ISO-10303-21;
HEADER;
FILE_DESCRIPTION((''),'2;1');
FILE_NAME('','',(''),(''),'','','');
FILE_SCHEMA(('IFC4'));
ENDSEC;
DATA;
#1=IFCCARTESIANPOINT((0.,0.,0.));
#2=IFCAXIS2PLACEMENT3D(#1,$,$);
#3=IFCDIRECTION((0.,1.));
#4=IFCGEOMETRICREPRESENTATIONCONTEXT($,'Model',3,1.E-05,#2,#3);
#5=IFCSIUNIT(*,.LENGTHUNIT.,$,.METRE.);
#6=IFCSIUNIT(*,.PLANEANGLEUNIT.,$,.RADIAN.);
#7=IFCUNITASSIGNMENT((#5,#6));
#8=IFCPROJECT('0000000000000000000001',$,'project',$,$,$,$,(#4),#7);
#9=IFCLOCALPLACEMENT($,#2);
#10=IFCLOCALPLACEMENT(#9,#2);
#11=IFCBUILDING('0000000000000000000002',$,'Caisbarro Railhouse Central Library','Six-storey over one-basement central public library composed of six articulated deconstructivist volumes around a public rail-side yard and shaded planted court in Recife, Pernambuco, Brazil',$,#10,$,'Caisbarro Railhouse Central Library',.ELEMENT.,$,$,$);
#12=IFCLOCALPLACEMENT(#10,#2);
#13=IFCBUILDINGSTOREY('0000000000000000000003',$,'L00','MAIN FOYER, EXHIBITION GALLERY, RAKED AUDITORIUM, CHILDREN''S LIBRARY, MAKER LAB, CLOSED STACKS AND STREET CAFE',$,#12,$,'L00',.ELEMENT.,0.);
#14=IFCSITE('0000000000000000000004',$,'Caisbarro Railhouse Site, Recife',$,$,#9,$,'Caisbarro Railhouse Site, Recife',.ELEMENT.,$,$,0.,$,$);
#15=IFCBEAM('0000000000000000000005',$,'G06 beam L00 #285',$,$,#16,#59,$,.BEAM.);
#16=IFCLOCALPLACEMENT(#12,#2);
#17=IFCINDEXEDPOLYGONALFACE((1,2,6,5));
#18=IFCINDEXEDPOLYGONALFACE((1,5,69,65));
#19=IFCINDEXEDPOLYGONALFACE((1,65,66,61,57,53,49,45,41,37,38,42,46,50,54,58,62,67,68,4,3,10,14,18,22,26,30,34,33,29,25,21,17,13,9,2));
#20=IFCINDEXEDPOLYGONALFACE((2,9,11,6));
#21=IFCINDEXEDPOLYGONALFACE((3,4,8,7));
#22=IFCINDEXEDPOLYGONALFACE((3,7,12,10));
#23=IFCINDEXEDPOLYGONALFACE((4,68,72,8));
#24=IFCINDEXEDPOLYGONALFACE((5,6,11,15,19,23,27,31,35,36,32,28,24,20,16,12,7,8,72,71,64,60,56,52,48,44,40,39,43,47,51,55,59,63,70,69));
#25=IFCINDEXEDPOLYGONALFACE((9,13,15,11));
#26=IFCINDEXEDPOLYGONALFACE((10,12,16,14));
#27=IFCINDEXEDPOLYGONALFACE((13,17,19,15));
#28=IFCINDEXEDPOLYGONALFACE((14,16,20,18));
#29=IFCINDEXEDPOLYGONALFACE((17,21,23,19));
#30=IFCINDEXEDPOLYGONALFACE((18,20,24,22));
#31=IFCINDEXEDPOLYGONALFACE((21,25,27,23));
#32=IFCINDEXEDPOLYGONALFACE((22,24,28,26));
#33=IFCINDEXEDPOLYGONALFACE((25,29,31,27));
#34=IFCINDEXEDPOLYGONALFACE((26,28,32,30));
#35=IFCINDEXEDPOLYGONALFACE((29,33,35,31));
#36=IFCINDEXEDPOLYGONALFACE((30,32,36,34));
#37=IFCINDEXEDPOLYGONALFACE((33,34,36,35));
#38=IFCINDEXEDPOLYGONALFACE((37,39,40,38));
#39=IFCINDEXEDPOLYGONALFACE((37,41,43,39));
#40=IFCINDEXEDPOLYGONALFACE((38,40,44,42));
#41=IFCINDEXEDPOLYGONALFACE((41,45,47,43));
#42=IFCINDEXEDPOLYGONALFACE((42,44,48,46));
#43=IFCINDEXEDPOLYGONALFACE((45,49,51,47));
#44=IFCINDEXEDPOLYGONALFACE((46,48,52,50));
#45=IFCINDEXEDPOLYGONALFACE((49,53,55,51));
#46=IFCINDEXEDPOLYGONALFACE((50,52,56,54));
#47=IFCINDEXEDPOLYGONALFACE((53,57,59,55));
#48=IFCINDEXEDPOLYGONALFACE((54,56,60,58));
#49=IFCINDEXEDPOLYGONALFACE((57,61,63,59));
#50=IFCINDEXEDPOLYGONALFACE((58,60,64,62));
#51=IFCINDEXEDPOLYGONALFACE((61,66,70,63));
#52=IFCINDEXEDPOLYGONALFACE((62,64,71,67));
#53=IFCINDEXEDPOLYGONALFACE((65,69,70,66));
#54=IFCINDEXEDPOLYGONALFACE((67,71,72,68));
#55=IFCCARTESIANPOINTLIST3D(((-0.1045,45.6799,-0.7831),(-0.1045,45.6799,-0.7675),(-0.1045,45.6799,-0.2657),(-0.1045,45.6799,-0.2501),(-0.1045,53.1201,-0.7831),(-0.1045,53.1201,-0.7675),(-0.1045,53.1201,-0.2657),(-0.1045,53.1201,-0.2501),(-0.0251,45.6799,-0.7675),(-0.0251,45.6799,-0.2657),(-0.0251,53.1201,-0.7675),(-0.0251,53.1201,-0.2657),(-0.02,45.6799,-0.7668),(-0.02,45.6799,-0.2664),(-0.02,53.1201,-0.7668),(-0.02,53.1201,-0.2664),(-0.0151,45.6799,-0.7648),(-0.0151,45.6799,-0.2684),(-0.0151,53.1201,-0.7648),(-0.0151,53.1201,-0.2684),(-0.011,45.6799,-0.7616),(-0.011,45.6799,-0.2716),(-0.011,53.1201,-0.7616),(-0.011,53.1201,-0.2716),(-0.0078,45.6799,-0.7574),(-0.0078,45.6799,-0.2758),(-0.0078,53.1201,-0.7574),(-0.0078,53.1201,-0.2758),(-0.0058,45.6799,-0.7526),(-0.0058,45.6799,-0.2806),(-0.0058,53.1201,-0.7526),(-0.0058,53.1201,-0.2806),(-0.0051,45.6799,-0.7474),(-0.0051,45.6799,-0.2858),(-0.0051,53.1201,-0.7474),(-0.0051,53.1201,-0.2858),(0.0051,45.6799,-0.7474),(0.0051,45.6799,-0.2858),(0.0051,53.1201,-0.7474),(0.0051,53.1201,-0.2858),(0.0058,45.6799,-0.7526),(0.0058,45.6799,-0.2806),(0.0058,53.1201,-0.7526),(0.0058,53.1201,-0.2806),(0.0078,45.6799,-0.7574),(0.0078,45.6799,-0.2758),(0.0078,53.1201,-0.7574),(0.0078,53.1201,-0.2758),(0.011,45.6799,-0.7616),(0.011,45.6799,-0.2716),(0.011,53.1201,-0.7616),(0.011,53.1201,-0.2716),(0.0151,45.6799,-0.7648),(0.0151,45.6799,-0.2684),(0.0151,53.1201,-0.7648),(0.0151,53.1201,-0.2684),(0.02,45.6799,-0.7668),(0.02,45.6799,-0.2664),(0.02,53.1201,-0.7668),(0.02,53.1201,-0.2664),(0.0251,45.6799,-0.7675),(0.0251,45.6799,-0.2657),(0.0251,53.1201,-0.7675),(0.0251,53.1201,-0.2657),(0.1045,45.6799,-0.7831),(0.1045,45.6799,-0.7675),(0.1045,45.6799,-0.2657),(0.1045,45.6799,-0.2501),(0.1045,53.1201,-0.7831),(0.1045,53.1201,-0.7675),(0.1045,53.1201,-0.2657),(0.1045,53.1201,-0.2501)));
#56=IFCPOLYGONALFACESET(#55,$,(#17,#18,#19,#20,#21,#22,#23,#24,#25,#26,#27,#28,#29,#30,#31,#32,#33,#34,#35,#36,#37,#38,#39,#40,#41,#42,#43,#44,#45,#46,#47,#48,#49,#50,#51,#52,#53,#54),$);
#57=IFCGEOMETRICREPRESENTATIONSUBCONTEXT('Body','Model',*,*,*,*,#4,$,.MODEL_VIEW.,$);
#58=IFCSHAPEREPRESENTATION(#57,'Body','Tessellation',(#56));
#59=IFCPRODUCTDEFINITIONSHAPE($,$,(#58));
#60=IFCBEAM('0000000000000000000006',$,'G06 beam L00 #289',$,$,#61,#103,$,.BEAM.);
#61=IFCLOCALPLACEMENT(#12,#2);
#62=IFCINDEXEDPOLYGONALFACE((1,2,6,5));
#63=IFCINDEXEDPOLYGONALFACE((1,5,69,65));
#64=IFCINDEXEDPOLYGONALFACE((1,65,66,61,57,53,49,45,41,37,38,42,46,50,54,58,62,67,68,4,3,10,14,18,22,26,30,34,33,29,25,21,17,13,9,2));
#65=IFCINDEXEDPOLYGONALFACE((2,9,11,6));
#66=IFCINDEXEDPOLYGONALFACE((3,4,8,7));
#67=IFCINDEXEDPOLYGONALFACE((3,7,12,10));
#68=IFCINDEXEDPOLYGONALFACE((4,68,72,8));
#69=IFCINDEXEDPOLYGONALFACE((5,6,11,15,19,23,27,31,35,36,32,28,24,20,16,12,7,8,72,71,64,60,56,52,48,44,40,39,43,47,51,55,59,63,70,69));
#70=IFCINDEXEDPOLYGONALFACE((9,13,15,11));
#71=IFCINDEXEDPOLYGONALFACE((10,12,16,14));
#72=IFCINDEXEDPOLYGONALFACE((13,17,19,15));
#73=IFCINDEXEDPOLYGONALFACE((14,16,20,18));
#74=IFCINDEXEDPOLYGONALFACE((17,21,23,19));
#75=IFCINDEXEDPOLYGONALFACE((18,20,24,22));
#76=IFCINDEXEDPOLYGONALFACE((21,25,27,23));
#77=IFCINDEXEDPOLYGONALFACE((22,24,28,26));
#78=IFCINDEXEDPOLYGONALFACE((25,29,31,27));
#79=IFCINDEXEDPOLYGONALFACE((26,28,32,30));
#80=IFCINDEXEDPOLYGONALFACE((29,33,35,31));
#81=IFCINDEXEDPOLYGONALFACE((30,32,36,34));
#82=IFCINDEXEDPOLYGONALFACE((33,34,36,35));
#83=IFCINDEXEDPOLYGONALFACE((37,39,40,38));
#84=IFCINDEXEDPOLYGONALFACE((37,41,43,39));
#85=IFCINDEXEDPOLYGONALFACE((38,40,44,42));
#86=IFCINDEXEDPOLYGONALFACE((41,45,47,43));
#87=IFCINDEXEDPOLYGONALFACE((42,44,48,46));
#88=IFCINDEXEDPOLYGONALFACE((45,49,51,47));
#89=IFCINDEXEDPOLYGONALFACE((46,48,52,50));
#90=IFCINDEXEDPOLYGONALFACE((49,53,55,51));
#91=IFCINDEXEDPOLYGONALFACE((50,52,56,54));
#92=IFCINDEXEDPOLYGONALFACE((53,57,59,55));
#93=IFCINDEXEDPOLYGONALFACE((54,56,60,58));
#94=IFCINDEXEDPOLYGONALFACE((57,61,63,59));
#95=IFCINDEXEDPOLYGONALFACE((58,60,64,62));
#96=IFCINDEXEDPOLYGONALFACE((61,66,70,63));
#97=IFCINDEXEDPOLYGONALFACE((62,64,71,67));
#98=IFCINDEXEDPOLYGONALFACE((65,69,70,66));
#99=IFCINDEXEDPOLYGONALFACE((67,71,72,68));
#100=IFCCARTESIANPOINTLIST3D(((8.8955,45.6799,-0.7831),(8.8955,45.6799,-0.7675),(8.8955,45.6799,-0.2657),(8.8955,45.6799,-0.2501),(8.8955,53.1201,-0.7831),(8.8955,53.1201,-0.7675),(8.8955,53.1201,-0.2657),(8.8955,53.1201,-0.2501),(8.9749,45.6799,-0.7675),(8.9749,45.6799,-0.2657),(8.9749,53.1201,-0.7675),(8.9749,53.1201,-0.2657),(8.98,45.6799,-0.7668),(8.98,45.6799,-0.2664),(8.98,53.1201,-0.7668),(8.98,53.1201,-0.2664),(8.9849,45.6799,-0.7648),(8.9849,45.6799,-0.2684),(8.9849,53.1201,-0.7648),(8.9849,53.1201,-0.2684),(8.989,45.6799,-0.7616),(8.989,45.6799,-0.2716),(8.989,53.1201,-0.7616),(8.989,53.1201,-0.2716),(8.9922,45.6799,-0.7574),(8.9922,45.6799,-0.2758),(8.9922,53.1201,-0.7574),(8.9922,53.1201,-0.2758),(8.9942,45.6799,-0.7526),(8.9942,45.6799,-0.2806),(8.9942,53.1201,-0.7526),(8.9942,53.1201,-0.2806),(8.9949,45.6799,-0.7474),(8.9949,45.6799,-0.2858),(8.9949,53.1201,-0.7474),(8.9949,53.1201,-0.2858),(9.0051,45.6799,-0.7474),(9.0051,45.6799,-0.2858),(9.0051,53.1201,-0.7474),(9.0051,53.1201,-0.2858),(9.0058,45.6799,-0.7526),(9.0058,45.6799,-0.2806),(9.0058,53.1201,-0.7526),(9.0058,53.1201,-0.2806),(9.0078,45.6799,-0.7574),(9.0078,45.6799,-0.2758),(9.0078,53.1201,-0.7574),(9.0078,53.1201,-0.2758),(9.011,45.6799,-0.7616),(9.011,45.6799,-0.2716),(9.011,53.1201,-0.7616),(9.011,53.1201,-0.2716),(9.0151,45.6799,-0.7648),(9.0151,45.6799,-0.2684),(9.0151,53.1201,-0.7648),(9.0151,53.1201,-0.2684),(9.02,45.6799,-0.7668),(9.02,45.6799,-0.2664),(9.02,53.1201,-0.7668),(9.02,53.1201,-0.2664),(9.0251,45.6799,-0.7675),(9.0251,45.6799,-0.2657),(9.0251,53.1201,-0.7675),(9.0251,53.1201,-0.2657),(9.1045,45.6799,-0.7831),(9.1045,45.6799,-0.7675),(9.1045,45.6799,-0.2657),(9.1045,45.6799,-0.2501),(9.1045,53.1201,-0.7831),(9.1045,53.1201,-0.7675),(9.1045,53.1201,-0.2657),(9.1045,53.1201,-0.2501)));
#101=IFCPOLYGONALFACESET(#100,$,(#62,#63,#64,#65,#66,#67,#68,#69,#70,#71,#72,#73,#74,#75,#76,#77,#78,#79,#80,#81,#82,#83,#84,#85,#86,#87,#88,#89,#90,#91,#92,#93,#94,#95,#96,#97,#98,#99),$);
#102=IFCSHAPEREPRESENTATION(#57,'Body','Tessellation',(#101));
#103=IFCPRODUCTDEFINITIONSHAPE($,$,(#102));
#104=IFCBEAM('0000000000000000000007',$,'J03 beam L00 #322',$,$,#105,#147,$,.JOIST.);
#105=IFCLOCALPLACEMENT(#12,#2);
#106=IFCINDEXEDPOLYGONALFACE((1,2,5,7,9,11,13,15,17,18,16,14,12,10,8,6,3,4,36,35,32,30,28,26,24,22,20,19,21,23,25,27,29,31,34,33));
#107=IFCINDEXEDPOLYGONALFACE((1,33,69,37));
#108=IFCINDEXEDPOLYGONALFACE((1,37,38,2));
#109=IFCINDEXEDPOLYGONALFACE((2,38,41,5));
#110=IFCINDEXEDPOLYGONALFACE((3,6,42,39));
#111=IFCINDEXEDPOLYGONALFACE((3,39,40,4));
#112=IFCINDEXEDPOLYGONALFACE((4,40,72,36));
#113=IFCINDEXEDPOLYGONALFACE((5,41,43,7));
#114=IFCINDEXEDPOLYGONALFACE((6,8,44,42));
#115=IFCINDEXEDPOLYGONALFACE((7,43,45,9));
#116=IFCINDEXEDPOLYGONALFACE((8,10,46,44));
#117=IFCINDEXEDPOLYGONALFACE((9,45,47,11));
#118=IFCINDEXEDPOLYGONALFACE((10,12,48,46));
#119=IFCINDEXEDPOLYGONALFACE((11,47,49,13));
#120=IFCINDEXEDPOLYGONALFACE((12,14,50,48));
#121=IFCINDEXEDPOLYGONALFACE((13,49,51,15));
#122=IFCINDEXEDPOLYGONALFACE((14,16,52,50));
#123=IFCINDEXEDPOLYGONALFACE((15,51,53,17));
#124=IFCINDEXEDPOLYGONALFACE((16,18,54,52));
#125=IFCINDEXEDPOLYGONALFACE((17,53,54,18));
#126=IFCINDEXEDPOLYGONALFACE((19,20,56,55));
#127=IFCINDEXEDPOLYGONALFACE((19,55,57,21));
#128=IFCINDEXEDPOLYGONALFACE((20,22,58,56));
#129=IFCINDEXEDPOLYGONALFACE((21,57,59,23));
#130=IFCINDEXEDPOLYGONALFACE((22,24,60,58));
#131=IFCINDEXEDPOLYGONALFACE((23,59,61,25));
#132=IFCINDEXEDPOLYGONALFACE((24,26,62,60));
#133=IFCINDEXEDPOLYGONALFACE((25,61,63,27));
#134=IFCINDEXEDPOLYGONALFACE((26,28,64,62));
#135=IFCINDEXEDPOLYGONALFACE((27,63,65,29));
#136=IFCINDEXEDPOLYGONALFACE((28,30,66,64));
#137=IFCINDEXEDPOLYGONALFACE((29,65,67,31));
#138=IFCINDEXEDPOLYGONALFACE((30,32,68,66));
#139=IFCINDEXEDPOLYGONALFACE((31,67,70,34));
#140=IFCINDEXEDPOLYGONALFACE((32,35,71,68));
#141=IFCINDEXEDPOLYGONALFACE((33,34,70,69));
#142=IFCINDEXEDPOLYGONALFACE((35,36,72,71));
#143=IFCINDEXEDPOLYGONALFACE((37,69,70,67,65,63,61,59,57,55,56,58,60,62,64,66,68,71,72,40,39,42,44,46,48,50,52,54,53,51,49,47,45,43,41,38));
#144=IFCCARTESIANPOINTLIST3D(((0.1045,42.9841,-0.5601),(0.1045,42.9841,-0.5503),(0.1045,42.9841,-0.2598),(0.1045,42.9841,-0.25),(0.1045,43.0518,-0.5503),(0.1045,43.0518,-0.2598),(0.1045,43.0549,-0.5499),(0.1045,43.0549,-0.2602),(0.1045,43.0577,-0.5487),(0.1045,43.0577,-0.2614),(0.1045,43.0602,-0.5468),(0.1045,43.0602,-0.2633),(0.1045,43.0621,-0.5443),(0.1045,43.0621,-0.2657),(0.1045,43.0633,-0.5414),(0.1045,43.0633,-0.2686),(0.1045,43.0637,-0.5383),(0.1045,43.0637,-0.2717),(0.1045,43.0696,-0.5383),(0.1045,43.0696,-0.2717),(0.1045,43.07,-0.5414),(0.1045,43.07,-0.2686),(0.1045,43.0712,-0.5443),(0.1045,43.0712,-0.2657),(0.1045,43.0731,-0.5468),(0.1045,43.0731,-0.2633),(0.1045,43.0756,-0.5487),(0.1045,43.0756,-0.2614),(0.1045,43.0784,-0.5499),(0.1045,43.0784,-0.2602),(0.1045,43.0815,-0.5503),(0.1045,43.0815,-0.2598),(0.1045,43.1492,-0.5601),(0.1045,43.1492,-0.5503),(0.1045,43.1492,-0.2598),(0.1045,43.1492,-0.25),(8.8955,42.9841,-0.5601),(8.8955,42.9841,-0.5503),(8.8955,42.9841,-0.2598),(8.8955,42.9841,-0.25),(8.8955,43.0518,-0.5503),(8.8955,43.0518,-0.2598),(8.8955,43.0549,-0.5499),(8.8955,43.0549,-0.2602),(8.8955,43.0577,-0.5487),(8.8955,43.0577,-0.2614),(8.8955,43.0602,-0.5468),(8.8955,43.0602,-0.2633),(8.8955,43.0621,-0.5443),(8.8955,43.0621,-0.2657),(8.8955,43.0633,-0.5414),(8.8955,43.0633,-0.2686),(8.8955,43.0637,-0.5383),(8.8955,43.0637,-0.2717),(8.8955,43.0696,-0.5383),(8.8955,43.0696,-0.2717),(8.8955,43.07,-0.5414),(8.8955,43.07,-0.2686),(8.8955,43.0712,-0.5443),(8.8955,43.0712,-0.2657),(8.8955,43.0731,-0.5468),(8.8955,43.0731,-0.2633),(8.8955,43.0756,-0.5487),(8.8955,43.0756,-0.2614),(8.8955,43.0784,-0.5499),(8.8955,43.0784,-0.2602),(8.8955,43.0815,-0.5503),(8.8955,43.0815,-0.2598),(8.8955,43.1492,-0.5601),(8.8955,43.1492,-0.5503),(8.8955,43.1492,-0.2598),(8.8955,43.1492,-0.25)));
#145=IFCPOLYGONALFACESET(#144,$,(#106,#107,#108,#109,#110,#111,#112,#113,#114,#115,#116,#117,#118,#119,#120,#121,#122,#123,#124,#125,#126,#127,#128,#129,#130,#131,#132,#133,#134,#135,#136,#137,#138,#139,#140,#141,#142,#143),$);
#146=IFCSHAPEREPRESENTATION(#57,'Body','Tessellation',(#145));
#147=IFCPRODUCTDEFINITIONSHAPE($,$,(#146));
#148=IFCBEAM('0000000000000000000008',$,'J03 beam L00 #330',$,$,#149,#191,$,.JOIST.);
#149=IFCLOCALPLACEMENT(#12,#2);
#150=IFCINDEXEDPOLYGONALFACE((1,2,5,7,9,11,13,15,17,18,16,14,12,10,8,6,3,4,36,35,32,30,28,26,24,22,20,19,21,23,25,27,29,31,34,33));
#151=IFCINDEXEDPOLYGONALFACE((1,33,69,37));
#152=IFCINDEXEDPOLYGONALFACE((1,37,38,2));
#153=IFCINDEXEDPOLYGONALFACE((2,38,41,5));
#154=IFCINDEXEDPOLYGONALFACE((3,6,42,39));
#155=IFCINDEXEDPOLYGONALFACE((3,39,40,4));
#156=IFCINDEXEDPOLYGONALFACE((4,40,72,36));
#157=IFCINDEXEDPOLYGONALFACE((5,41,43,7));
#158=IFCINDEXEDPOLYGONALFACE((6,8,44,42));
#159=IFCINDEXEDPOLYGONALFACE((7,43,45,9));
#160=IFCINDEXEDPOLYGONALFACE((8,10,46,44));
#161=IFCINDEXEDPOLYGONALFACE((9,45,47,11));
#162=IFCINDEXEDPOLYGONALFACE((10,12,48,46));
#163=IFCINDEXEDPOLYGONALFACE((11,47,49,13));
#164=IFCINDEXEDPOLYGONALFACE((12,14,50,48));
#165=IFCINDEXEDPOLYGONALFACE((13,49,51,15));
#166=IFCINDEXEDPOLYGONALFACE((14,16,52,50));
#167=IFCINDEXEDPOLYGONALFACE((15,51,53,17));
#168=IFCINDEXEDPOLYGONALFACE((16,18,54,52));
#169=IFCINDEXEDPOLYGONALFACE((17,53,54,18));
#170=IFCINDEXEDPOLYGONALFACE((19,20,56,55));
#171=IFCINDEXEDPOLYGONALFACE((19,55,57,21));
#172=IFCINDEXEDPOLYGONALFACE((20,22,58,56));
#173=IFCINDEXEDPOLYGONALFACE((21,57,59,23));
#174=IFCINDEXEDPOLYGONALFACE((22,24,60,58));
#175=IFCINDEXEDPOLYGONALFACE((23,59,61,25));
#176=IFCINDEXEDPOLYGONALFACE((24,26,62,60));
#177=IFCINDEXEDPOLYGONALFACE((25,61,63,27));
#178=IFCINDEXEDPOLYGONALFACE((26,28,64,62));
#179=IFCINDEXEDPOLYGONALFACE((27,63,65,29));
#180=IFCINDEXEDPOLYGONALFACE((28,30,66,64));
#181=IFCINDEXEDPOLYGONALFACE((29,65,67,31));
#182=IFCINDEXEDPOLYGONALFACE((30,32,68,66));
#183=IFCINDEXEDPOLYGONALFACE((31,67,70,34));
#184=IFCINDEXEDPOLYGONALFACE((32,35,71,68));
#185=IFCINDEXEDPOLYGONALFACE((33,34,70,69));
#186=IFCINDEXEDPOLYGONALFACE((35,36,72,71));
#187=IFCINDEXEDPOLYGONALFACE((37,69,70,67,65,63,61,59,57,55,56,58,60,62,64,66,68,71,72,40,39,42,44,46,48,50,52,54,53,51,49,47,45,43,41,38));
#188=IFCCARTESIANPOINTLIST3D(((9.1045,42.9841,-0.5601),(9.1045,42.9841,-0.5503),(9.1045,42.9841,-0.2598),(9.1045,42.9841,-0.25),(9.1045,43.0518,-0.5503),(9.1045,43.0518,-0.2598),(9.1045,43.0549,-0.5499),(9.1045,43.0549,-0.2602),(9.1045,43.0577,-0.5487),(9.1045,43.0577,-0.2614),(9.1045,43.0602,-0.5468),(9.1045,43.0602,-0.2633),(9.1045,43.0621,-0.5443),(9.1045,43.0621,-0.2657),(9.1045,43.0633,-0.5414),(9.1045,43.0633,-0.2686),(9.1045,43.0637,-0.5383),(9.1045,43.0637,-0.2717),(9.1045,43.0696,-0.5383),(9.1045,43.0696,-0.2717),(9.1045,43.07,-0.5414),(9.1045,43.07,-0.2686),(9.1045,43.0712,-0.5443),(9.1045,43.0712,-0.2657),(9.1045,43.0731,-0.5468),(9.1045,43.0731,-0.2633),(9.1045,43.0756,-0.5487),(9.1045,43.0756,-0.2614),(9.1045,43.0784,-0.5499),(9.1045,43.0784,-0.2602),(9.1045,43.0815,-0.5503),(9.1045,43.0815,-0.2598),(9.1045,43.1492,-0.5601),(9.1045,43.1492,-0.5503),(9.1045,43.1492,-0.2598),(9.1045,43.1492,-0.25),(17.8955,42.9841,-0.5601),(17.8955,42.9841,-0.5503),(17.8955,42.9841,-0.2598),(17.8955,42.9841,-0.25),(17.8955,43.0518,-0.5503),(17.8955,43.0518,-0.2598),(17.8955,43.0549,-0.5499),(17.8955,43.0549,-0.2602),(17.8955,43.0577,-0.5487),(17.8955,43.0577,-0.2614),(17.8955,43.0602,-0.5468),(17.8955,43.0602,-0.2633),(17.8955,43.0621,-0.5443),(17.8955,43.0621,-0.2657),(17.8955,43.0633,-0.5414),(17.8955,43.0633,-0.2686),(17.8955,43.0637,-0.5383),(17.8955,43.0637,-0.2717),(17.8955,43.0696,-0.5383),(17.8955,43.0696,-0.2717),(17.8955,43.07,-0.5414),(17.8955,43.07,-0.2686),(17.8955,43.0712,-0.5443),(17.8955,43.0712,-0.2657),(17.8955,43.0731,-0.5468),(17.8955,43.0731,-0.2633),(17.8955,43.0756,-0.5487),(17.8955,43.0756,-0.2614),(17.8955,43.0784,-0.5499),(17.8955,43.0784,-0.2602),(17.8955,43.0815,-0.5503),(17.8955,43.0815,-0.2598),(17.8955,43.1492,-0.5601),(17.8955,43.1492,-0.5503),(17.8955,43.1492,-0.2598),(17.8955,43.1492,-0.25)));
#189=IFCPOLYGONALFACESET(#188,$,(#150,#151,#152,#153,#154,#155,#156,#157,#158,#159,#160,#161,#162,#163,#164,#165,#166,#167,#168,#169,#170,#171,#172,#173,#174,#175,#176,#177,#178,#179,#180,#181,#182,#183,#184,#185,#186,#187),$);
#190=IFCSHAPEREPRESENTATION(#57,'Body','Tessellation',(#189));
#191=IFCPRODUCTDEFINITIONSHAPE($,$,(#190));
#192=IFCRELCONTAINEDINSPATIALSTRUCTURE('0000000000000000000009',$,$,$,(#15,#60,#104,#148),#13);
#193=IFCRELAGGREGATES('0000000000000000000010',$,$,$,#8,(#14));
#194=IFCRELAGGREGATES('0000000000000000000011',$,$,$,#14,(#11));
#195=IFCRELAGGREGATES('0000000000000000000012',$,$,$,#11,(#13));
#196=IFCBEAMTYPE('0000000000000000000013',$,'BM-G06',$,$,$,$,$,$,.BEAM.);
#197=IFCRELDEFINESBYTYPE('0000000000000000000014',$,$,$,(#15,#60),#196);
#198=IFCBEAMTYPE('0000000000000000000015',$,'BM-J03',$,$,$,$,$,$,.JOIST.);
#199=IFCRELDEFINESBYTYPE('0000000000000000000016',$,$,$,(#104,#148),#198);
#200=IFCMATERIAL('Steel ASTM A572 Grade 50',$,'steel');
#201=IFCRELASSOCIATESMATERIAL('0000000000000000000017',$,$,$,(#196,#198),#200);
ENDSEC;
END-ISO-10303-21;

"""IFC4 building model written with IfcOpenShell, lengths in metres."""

from ifc_helpers import new_model, si_unit, direction, frame, origin, origin_2d, place, context, subcontext, project, spatial, i_section, extrude, material, material_profile, profile_set, type_object, element, save


model = new_model("IFC4")

# Units and contexts
model_context = context("Model", 3, precision=1e-05, world=origin(), true_north=direction((0.0, 1.0)))
body_context = subcontext(model_context, "Body", "Model", "MODEL_VIEW")
ifc_project = project(units=[si_unit("LENGTHUNIT", "METRE"), si_unit("PLANEANGLEUNIT", "RADIAN")], contexts=[model_context])

# Site, building, storey
site_placement = place(None, origin())
site = spatial("IfcSite", under=ifc_project, at=site_placement, Name="Caisbarro Railhouse Site, Recife", LongName="Caisbarro Railhouse Site, Recife", CompositionType="ELEMENT", RefElevation=0.0)
building_placement = place(site_placement, origin())
building = spatial("IfcBuilding", under=site, at=building_placement, Name="Caisbarro Railhouse Central Library", Description="Six-storey over one-basement central public library composed of six articulated deconstructivist volumes around a public rail-side yard and shaded planted court in Recife, Pernambuco, Brazil", LongName="Caisbarro Railhouse Central Library", CompositionType="ELEMENT")
storey_placement = place(building_placement, origin())
storey = spatial("IfcBuildingStorey", under=building, at=storey_placement, Name="L00", Description="MAIN FOYER, EXHIBITION GALLERY, RAKED AUDITORIUM, CHILDREN'S LIBRARY, MAKER LAB, CLOSED STACKS AND STREET CAFE", LongName="L00", CompositionType="ELEMENT", Elevation=0.0)

# Shared definitions
ifc_material_1 = material(Name="Steel ASTM A572 Grade 50", Category="steel")

# Beams
ifc_material_profile_1 = material_profile(ifc_material_1, i_section(OverallWidth=0.209, OverallDepth=0.533, WebThickness=0.0103, FlangeThickness=0.0156, FilletRadius=0.02, at=origin_2d()), Name="W530X92.0")
ifc_profile_set_1 = profile_set([ifc_material_profile_1], Name="Steel ASTM A572 Grade 50")
beam_type_1 = type_object("IfcBeamType", Name="BM-G06", PredefinedType="BEAM", material=ifc_profile_set_1)
for number, where, z_axis, x_axis, name in (
    (1, (0.0, 45.6799, -0.5166), (0.0, 1.0, 0.0), (-1.0, 0.0, 0.0), "G06 beam L00 #285"),
    (2, (9.0, 45.6799, -0.5166), (0.0, 1.0, 0.0), (-1.0, 0.0, 0.0), "G06 beam L00 #289"),
):
    element("IfcBeam", number, at=place(storey_placement, frame(where, z_axis=z_axis, x_axis=x_axis)), inside=storey, type_object=beam_type_1, Name=name, PredefinedType="BEAM", context=body_context, shape_type="SweptSolid", body=[
        extrude(i_section(OverallWidth=0.209, OverallDepth=0.533, WebThickness=0.0103, FlangeThickness=0.0156, FilletRadius=0.02, at=origin_2d()), origin(), (0.0, 0.0, 1.0), 7.4402),
    ])
ifc_material_profile_2 = material_profile(ifc_material_1, i_section(OverallWidth=0.165, OverallDepth=0.3101, WebThickness=0.0059, FlangeThickness=0.0098, FilletRadius=0.012, at=origin_2d()), Name="W310X38.7")
ifc_profile_set_2 = profile_set([ifc_material_profile_2], Name="Steel ASTM A572 Grade 50")
beam_type_2 = type_object("IfcBeamType", Name="BM-J03", PredefinedType="JOIST", material=ifc_profile_set_2)
for number, where, z_axis, x_axis, name in (
    (3, (0.1045, 43.0667, -0.405), (1.0, 0.0, 0.0), (0.0, 1.0, 0.0), "J03 beam L00 #322"),
    (4, (9.1045, 43.0667, -0.405), (1.0, 0.0, 0.0), (0.0, 1.0, 0.0), "J03 beam L00 #330"),
):
    element("IfcBeam", number, at=place(storey_placement, frame(where, z_axis=z_axis, x_axis=x_axis)), inside=storey, type_object=beam_type_2, Name=name, PredefinedType="JOIST", context=body_context, shape_type="SweptSolid", body=[
        extrude(i_section(OverallWidth=0.165, OverallDepth=0.3101, WebThickness=0.0059, FlangeThickness=0.0098, FilletRadius=0.012, at=origin_2d()), origin(), (0.0, 0.0, 1.0), 8.791),
    ])

save(model, "model.ifc")
